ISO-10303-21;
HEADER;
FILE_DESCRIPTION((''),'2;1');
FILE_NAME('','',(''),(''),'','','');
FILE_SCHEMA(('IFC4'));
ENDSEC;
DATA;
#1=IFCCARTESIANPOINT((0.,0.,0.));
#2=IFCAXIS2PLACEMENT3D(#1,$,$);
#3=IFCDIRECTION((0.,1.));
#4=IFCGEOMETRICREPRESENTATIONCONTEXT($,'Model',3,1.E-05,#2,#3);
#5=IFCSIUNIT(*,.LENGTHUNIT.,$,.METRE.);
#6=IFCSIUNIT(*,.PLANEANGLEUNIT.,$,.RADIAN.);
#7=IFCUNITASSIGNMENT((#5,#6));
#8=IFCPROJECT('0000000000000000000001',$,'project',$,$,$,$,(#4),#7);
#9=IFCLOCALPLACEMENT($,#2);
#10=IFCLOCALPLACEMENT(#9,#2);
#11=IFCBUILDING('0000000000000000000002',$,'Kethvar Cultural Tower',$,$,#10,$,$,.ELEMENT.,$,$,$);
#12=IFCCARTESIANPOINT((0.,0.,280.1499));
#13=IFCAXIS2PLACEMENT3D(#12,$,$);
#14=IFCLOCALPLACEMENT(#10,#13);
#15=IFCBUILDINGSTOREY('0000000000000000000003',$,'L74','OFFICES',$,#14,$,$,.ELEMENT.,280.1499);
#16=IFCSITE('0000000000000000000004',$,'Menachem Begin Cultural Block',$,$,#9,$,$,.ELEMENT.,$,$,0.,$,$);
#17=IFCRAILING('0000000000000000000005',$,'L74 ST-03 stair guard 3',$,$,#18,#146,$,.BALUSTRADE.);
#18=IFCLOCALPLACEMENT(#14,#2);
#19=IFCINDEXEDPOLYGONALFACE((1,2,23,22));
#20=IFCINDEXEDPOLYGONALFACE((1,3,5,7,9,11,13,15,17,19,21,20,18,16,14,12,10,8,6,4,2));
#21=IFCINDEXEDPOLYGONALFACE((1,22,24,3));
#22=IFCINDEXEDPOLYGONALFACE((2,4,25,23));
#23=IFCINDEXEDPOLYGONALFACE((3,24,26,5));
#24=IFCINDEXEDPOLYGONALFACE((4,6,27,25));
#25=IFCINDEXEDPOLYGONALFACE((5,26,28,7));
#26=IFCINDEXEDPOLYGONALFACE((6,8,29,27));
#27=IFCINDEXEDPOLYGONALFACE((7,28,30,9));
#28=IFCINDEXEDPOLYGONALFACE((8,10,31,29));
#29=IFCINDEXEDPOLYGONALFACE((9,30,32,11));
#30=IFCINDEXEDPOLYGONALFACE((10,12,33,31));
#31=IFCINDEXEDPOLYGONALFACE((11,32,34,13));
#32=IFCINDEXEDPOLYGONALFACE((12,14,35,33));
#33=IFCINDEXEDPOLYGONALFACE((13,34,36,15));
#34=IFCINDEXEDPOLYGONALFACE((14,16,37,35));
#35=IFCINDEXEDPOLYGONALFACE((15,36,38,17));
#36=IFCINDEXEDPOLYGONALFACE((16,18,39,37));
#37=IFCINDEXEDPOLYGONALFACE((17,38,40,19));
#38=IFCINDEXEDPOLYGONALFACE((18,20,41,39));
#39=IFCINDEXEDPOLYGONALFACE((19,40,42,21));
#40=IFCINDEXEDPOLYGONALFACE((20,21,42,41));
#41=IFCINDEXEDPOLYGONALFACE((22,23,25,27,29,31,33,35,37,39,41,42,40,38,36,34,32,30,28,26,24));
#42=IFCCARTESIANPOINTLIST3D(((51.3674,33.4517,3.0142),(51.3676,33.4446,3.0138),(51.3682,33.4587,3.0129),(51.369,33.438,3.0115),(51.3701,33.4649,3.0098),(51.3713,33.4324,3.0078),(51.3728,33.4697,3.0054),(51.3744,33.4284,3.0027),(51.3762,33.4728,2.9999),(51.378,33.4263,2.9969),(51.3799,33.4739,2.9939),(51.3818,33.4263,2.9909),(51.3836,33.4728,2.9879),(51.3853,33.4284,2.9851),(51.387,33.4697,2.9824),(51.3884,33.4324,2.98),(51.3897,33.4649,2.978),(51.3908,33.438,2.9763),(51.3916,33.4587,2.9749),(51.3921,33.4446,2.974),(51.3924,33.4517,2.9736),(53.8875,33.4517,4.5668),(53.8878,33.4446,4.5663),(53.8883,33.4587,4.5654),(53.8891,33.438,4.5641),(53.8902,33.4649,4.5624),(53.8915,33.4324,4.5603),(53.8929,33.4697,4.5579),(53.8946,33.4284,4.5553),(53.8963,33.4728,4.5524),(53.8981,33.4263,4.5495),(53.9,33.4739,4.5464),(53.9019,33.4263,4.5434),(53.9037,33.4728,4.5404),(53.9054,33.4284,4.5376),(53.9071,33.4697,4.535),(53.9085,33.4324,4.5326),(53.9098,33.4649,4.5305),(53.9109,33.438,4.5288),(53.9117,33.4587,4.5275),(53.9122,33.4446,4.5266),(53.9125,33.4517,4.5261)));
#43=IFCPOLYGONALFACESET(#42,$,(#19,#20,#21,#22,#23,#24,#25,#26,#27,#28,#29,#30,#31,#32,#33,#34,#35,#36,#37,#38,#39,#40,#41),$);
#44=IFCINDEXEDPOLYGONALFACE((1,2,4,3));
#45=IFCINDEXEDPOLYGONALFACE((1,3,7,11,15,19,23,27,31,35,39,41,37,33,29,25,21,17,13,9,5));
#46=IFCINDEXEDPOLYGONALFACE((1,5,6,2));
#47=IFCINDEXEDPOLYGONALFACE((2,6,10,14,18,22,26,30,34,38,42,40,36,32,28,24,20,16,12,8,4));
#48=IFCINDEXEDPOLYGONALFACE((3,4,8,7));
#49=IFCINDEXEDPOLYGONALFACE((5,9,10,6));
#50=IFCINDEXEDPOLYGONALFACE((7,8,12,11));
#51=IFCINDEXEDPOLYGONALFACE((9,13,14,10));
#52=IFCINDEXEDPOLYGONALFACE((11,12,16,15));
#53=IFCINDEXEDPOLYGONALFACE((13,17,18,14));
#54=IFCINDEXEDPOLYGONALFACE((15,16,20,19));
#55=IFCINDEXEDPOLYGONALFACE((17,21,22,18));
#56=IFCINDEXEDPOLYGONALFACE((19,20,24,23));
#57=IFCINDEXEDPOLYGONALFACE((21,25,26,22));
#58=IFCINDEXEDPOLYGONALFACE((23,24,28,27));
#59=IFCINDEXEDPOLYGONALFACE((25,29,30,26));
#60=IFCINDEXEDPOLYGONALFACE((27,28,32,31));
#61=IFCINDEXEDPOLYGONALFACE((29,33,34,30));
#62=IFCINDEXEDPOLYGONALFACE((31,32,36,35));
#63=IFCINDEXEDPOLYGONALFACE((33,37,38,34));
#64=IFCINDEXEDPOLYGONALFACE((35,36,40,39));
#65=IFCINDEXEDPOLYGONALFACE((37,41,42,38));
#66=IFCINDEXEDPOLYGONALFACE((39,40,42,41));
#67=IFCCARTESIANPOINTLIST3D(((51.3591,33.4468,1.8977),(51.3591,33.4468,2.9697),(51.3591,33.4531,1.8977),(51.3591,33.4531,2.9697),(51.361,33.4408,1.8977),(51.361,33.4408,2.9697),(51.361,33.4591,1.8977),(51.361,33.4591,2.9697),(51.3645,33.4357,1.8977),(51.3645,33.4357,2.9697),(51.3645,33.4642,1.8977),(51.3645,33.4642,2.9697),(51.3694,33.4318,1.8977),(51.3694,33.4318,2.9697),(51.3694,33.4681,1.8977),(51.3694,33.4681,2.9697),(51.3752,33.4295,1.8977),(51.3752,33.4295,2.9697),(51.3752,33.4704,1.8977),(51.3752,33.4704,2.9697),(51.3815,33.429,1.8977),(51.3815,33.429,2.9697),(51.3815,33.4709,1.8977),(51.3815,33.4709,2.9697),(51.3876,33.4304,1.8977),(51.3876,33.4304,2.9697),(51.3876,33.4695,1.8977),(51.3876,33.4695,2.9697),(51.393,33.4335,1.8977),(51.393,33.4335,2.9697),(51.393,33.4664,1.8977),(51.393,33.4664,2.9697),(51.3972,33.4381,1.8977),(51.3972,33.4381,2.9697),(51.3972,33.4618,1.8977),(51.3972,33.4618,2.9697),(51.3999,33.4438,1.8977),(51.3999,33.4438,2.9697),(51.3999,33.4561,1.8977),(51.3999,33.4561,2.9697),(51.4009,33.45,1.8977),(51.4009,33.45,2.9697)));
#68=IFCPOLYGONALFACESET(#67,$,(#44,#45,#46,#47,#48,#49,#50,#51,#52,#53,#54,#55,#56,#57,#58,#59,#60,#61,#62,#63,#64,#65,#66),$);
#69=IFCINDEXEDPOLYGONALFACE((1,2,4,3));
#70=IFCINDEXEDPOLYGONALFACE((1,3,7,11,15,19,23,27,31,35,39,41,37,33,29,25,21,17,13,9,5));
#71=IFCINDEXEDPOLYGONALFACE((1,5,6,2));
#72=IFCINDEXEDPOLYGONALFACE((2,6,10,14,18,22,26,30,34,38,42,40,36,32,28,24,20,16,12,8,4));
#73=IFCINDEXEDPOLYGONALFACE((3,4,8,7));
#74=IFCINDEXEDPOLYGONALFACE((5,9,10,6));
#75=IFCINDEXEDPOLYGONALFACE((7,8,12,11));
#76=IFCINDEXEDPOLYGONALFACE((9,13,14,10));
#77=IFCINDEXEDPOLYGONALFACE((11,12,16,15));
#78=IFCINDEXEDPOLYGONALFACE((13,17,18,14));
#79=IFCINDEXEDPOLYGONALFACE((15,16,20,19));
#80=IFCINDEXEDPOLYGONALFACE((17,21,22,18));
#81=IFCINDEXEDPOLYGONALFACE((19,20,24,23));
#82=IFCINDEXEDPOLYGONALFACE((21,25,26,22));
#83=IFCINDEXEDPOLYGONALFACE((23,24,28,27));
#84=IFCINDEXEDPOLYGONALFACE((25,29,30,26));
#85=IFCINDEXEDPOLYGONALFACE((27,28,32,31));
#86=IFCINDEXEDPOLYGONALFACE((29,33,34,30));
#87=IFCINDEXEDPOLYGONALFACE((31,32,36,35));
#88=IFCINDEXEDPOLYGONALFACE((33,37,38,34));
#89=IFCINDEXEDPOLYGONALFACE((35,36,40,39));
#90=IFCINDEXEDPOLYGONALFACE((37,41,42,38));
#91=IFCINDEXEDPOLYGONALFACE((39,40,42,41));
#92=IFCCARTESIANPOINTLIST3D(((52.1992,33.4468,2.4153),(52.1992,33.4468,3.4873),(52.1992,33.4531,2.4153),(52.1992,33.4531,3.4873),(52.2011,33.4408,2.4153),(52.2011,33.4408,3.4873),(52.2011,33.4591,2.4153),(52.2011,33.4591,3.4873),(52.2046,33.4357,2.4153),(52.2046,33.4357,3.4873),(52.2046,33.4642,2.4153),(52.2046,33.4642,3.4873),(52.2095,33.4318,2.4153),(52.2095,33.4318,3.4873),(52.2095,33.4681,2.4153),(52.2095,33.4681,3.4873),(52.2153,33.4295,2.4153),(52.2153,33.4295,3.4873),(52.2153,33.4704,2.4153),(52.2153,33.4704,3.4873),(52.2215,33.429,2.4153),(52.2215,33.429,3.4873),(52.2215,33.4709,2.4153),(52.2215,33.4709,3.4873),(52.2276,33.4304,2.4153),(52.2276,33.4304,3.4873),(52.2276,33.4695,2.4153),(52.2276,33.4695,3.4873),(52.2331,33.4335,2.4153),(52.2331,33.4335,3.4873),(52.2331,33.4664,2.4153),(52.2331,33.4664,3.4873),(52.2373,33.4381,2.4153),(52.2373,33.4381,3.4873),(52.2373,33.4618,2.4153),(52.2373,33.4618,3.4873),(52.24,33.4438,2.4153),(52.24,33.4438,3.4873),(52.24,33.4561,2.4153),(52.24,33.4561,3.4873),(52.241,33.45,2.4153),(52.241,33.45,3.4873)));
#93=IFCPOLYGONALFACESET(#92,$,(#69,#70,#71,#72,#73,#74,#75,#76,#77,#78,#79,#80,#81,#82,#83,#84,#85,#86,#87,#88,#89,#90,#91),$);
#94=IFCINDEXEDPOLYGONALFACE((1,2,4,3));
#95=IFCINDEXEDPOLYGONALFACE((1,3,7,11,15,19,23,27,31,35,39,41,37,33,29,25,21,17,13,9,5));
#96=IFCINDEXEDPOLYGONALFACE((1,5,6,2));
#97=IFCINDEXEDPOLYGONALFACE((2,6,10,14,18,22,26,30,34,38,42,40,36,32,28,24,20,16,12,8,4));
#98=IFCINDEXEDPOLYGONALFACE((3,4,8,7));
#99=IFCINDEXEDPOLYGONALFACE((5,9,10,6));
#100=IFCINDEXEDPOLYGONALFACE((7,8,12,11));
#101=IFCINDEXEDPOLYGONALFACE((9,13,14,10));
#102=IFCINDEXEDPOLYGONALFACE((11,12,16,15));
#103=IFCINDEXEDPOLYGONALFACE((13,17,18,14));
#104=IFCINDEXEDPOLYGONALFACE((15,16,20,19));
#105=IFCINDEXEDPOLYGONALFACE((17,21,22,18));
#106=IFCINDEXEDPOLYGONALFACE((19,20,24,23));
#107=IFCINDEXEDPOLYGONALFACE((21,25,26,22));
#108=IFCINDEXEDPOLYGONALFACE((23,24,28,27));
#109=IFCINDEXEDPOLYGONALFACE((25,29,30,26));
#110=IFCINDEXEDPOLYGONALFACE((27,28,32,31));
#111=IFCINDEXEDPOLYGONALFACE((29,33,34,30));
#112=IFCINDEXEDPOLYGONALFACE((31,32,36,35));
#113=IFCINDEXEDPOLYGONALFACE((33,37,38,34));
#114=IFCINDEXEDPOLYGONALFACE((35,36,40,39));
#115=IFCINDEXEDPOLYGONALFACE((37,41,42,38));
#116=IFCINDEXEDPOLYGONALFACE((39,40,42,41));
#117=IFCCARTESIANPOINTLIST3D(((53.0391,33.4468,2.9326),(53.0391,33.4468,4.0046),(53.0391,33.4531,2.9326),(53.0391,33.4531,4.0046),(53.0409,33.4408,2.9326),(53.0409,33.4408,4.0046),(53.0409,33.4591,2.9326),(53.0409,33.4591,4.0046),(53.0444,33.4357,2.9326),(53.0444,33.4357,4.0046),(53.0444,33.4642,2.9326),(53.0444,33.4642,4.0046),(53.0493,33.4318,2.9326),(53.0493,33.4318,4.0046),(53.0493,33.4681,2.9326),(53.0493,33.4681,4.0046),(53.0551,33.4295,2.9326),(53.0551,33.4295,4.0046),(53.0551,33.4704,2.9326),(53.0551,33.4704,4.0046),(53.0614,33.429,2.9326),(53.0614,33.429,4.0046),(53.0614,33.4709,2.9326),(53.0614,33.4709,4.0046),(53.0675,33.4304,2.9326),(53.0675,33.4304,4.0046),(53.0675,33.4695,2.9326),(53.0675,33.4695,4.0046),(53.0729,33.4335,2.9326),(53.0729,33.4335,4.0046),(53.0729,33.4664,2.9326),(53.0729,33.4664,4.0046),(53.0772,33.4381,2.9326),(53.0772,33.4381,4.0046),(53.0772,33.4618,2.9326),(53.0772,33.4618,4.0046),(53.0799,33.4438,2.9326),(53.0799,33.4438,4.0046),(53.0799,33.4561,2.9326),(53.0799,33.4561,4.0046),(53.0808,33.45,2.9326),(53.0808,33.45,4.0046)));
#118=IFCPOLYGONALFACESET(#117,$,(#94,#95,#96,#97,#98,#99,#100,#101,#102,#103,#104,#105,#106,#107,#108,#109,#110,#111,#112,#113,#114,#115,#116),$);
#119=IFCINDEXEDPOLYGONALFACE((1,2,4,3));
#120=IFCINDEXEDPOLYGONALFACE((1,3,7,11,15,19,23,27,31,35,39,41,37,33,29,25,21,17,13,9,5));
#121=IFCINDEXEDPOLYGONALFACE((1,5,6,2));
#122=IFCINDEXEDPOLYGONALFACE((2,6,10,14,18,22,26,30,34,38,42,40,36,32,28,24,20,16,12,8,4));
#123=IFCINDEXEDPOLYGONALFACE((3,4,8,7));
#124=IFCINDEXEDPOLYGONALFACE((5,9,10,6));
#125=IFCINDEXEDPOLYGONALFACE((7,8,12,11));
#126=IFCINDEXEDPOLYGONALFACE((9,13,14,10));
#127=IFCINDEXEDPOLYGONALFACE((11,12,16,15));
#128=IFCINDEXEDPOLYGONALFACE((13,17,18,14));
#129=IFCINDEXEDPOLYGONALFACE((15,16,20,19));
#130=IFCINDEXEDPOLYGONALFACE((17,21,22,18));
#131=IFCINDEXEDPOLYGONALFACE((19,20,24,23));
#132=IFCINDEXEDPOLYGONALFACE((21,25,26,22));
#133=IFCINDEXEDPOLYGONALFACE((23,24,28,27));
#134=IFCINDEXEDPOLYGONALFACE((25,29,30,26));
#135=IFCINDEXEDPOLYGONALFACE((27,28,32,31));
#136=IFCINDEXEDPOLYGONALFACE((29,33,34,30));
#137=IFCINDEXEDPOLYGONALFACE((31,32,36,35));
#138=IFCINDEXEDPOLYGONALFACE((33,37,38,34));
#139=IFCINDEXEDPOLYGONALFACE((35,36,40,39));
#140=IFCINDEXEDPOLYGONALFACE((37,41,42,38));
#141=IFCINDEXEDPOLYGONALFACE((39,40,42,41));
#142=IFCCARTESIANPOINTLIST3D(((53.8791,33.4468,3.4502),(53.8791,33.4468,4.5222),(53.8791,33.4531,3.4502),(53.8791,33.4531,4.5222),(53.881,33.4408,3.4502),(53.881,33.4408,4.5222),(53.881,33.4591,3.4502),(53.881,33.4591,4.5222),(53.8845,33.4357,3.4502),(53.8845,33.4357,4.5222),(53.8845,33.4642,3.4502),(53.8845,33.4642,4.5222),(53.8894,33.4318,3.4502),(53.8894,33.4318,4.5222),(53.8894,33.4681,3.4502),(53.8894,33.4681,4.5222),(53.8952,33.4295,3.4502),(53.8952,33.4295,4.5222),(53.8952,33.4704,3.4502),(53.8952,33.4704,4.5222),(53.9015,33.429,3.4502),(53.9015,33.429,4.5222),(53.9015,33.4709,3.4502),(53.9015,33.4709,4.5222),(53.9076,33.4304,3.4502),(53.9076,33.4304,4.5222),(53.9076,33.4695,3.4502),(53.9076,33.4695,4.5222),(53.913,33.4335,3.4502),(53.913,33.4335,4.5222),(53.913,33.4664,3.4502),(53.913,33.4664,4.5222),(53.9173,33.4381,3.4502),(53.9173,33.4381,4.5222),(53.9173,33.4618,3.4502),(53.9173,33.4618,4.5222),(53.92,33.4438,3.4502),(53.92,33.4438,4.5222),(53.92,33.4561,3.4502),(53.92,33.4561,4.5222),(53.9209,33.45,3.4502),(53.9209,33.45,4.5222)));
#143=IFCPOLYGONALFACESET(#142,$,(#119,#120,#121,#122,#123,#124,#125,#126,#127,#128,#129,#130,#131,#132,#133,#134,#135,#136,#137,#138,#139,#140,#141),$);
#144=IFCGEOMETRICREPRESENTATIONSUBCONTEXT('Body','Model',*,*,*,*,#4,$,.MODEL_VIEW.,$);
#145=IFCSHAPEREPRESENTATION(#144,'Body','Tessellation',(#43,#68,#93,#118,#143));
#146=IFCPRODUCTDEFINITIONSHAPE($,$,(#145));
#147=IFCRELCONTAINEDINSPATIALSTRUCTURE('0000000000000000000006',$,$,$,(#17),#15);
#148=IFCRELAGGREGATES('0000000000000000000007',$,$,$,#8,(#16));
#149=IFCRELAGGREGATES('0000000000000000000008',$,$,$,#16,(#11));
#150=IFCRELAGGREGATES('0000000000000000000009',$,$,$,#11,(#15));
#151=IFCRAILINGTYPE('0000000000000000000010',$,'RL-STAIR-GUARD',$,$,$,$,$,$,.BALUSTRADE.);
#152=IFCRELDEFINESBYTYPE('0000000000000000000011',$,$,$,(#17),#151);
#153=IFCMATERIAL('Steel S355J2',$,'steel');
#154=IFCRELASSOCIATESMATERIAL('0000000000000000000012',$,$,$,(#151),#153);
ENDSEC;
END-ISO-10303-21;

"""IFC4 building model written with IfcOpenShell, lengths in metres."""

from ifc_helpers import new_model, si_unit, direction, frame, origin, origin_2d, place, context, subcontext, project, spatial, circle, extrude, material, type_object, element, save


model = new_model("IFC4")

# Units and contexts
model_context = context("Model", 3, precision=1e-05, world=origin(), true_north=direction((0.0, 1.0)))
body_context = subcontext(model_context, "Body", "Model", "MODEL_VIEW")
ifc_project = project(units=[si_unit("LENGTHUNIT", "METRE"), si_unit("PLANEANGLEUNIT", "RADIAN")], contexts=[model_context])

# Site, building, storey
site_placement = place(None, origin())
site = spatial("IfcSite", under=ifc_project, at=site_placement, Name="Menachem Begin Cultural Block", CompositionType="ELEMENT", RefElevation=0.0)
building_placement = place(site_placement, origin())
building = spatial("IfcBuilding", under=site, at=building_placement, Name="Kethvar Cultural Tower", CompositionType="ELEMENT")
storey_placement = place(building_placement, frame((0.0, 0.0, 280.1499)))
storey = spatial("IfcBuildingStorey", under=building, at=storey_placement, Name="L74", Description="OFFICES", CompositionType="ELEMENT", Elevation=280.1499)

# Shared definitions
ifc_material_1 = material(Name="Steel S355J2", Category="steel")

# Railing
railing_type_1 = type_object("IfcRailingType", Name="RL-STAIR-GUARD", PredefinedType="BALUSTRADE", material=ifc_material_1)
railing_1_placement = place(storey_placement, frame((51.3799, 33.45, 1.8977)))
element("IfcRailing", 1, at=railing_1_placement, inside=storey, type_object=railing_type_1, Name="L74 ST-03 stair guard 3", PredefinedType="BALUSTRADE", context=body_context, shape_type="SweptSolid", body=[
    extrude(circle(Radius=0.0239, at=origin_2d()), frame((0.0, 0.0, 1.0962), z_axis=(0.8514, 0.0, 0.524516), x_axis=(0.0, 1.0, 0.0)), (0.0, 0.0, 1.0), 2.96),
    extrude(circle(Radius=0.021, at=origin_2d()), origin(), (0.0, 0.0, 1.0), 1.072),
    extrude(circle(Radius=0.021, at=origin_2d()), frame((0.8401, 0.0, 0.5176)), (0.0, 0.0, 1.0), 1.072),
    extrude(circle(Radius=0.021, at=origin_2d()), frame((1.6799, 0.0, 1.0349)), (0.0, 0.0, 1.0), 1.072),
    extrude(circle(Radius=0.021, at=origin_2d()), frame((2.52, 0.0, 1.5525)), (0.0, 0.0, 1.0), 1.072),
])

save(model, "model.ifc")
